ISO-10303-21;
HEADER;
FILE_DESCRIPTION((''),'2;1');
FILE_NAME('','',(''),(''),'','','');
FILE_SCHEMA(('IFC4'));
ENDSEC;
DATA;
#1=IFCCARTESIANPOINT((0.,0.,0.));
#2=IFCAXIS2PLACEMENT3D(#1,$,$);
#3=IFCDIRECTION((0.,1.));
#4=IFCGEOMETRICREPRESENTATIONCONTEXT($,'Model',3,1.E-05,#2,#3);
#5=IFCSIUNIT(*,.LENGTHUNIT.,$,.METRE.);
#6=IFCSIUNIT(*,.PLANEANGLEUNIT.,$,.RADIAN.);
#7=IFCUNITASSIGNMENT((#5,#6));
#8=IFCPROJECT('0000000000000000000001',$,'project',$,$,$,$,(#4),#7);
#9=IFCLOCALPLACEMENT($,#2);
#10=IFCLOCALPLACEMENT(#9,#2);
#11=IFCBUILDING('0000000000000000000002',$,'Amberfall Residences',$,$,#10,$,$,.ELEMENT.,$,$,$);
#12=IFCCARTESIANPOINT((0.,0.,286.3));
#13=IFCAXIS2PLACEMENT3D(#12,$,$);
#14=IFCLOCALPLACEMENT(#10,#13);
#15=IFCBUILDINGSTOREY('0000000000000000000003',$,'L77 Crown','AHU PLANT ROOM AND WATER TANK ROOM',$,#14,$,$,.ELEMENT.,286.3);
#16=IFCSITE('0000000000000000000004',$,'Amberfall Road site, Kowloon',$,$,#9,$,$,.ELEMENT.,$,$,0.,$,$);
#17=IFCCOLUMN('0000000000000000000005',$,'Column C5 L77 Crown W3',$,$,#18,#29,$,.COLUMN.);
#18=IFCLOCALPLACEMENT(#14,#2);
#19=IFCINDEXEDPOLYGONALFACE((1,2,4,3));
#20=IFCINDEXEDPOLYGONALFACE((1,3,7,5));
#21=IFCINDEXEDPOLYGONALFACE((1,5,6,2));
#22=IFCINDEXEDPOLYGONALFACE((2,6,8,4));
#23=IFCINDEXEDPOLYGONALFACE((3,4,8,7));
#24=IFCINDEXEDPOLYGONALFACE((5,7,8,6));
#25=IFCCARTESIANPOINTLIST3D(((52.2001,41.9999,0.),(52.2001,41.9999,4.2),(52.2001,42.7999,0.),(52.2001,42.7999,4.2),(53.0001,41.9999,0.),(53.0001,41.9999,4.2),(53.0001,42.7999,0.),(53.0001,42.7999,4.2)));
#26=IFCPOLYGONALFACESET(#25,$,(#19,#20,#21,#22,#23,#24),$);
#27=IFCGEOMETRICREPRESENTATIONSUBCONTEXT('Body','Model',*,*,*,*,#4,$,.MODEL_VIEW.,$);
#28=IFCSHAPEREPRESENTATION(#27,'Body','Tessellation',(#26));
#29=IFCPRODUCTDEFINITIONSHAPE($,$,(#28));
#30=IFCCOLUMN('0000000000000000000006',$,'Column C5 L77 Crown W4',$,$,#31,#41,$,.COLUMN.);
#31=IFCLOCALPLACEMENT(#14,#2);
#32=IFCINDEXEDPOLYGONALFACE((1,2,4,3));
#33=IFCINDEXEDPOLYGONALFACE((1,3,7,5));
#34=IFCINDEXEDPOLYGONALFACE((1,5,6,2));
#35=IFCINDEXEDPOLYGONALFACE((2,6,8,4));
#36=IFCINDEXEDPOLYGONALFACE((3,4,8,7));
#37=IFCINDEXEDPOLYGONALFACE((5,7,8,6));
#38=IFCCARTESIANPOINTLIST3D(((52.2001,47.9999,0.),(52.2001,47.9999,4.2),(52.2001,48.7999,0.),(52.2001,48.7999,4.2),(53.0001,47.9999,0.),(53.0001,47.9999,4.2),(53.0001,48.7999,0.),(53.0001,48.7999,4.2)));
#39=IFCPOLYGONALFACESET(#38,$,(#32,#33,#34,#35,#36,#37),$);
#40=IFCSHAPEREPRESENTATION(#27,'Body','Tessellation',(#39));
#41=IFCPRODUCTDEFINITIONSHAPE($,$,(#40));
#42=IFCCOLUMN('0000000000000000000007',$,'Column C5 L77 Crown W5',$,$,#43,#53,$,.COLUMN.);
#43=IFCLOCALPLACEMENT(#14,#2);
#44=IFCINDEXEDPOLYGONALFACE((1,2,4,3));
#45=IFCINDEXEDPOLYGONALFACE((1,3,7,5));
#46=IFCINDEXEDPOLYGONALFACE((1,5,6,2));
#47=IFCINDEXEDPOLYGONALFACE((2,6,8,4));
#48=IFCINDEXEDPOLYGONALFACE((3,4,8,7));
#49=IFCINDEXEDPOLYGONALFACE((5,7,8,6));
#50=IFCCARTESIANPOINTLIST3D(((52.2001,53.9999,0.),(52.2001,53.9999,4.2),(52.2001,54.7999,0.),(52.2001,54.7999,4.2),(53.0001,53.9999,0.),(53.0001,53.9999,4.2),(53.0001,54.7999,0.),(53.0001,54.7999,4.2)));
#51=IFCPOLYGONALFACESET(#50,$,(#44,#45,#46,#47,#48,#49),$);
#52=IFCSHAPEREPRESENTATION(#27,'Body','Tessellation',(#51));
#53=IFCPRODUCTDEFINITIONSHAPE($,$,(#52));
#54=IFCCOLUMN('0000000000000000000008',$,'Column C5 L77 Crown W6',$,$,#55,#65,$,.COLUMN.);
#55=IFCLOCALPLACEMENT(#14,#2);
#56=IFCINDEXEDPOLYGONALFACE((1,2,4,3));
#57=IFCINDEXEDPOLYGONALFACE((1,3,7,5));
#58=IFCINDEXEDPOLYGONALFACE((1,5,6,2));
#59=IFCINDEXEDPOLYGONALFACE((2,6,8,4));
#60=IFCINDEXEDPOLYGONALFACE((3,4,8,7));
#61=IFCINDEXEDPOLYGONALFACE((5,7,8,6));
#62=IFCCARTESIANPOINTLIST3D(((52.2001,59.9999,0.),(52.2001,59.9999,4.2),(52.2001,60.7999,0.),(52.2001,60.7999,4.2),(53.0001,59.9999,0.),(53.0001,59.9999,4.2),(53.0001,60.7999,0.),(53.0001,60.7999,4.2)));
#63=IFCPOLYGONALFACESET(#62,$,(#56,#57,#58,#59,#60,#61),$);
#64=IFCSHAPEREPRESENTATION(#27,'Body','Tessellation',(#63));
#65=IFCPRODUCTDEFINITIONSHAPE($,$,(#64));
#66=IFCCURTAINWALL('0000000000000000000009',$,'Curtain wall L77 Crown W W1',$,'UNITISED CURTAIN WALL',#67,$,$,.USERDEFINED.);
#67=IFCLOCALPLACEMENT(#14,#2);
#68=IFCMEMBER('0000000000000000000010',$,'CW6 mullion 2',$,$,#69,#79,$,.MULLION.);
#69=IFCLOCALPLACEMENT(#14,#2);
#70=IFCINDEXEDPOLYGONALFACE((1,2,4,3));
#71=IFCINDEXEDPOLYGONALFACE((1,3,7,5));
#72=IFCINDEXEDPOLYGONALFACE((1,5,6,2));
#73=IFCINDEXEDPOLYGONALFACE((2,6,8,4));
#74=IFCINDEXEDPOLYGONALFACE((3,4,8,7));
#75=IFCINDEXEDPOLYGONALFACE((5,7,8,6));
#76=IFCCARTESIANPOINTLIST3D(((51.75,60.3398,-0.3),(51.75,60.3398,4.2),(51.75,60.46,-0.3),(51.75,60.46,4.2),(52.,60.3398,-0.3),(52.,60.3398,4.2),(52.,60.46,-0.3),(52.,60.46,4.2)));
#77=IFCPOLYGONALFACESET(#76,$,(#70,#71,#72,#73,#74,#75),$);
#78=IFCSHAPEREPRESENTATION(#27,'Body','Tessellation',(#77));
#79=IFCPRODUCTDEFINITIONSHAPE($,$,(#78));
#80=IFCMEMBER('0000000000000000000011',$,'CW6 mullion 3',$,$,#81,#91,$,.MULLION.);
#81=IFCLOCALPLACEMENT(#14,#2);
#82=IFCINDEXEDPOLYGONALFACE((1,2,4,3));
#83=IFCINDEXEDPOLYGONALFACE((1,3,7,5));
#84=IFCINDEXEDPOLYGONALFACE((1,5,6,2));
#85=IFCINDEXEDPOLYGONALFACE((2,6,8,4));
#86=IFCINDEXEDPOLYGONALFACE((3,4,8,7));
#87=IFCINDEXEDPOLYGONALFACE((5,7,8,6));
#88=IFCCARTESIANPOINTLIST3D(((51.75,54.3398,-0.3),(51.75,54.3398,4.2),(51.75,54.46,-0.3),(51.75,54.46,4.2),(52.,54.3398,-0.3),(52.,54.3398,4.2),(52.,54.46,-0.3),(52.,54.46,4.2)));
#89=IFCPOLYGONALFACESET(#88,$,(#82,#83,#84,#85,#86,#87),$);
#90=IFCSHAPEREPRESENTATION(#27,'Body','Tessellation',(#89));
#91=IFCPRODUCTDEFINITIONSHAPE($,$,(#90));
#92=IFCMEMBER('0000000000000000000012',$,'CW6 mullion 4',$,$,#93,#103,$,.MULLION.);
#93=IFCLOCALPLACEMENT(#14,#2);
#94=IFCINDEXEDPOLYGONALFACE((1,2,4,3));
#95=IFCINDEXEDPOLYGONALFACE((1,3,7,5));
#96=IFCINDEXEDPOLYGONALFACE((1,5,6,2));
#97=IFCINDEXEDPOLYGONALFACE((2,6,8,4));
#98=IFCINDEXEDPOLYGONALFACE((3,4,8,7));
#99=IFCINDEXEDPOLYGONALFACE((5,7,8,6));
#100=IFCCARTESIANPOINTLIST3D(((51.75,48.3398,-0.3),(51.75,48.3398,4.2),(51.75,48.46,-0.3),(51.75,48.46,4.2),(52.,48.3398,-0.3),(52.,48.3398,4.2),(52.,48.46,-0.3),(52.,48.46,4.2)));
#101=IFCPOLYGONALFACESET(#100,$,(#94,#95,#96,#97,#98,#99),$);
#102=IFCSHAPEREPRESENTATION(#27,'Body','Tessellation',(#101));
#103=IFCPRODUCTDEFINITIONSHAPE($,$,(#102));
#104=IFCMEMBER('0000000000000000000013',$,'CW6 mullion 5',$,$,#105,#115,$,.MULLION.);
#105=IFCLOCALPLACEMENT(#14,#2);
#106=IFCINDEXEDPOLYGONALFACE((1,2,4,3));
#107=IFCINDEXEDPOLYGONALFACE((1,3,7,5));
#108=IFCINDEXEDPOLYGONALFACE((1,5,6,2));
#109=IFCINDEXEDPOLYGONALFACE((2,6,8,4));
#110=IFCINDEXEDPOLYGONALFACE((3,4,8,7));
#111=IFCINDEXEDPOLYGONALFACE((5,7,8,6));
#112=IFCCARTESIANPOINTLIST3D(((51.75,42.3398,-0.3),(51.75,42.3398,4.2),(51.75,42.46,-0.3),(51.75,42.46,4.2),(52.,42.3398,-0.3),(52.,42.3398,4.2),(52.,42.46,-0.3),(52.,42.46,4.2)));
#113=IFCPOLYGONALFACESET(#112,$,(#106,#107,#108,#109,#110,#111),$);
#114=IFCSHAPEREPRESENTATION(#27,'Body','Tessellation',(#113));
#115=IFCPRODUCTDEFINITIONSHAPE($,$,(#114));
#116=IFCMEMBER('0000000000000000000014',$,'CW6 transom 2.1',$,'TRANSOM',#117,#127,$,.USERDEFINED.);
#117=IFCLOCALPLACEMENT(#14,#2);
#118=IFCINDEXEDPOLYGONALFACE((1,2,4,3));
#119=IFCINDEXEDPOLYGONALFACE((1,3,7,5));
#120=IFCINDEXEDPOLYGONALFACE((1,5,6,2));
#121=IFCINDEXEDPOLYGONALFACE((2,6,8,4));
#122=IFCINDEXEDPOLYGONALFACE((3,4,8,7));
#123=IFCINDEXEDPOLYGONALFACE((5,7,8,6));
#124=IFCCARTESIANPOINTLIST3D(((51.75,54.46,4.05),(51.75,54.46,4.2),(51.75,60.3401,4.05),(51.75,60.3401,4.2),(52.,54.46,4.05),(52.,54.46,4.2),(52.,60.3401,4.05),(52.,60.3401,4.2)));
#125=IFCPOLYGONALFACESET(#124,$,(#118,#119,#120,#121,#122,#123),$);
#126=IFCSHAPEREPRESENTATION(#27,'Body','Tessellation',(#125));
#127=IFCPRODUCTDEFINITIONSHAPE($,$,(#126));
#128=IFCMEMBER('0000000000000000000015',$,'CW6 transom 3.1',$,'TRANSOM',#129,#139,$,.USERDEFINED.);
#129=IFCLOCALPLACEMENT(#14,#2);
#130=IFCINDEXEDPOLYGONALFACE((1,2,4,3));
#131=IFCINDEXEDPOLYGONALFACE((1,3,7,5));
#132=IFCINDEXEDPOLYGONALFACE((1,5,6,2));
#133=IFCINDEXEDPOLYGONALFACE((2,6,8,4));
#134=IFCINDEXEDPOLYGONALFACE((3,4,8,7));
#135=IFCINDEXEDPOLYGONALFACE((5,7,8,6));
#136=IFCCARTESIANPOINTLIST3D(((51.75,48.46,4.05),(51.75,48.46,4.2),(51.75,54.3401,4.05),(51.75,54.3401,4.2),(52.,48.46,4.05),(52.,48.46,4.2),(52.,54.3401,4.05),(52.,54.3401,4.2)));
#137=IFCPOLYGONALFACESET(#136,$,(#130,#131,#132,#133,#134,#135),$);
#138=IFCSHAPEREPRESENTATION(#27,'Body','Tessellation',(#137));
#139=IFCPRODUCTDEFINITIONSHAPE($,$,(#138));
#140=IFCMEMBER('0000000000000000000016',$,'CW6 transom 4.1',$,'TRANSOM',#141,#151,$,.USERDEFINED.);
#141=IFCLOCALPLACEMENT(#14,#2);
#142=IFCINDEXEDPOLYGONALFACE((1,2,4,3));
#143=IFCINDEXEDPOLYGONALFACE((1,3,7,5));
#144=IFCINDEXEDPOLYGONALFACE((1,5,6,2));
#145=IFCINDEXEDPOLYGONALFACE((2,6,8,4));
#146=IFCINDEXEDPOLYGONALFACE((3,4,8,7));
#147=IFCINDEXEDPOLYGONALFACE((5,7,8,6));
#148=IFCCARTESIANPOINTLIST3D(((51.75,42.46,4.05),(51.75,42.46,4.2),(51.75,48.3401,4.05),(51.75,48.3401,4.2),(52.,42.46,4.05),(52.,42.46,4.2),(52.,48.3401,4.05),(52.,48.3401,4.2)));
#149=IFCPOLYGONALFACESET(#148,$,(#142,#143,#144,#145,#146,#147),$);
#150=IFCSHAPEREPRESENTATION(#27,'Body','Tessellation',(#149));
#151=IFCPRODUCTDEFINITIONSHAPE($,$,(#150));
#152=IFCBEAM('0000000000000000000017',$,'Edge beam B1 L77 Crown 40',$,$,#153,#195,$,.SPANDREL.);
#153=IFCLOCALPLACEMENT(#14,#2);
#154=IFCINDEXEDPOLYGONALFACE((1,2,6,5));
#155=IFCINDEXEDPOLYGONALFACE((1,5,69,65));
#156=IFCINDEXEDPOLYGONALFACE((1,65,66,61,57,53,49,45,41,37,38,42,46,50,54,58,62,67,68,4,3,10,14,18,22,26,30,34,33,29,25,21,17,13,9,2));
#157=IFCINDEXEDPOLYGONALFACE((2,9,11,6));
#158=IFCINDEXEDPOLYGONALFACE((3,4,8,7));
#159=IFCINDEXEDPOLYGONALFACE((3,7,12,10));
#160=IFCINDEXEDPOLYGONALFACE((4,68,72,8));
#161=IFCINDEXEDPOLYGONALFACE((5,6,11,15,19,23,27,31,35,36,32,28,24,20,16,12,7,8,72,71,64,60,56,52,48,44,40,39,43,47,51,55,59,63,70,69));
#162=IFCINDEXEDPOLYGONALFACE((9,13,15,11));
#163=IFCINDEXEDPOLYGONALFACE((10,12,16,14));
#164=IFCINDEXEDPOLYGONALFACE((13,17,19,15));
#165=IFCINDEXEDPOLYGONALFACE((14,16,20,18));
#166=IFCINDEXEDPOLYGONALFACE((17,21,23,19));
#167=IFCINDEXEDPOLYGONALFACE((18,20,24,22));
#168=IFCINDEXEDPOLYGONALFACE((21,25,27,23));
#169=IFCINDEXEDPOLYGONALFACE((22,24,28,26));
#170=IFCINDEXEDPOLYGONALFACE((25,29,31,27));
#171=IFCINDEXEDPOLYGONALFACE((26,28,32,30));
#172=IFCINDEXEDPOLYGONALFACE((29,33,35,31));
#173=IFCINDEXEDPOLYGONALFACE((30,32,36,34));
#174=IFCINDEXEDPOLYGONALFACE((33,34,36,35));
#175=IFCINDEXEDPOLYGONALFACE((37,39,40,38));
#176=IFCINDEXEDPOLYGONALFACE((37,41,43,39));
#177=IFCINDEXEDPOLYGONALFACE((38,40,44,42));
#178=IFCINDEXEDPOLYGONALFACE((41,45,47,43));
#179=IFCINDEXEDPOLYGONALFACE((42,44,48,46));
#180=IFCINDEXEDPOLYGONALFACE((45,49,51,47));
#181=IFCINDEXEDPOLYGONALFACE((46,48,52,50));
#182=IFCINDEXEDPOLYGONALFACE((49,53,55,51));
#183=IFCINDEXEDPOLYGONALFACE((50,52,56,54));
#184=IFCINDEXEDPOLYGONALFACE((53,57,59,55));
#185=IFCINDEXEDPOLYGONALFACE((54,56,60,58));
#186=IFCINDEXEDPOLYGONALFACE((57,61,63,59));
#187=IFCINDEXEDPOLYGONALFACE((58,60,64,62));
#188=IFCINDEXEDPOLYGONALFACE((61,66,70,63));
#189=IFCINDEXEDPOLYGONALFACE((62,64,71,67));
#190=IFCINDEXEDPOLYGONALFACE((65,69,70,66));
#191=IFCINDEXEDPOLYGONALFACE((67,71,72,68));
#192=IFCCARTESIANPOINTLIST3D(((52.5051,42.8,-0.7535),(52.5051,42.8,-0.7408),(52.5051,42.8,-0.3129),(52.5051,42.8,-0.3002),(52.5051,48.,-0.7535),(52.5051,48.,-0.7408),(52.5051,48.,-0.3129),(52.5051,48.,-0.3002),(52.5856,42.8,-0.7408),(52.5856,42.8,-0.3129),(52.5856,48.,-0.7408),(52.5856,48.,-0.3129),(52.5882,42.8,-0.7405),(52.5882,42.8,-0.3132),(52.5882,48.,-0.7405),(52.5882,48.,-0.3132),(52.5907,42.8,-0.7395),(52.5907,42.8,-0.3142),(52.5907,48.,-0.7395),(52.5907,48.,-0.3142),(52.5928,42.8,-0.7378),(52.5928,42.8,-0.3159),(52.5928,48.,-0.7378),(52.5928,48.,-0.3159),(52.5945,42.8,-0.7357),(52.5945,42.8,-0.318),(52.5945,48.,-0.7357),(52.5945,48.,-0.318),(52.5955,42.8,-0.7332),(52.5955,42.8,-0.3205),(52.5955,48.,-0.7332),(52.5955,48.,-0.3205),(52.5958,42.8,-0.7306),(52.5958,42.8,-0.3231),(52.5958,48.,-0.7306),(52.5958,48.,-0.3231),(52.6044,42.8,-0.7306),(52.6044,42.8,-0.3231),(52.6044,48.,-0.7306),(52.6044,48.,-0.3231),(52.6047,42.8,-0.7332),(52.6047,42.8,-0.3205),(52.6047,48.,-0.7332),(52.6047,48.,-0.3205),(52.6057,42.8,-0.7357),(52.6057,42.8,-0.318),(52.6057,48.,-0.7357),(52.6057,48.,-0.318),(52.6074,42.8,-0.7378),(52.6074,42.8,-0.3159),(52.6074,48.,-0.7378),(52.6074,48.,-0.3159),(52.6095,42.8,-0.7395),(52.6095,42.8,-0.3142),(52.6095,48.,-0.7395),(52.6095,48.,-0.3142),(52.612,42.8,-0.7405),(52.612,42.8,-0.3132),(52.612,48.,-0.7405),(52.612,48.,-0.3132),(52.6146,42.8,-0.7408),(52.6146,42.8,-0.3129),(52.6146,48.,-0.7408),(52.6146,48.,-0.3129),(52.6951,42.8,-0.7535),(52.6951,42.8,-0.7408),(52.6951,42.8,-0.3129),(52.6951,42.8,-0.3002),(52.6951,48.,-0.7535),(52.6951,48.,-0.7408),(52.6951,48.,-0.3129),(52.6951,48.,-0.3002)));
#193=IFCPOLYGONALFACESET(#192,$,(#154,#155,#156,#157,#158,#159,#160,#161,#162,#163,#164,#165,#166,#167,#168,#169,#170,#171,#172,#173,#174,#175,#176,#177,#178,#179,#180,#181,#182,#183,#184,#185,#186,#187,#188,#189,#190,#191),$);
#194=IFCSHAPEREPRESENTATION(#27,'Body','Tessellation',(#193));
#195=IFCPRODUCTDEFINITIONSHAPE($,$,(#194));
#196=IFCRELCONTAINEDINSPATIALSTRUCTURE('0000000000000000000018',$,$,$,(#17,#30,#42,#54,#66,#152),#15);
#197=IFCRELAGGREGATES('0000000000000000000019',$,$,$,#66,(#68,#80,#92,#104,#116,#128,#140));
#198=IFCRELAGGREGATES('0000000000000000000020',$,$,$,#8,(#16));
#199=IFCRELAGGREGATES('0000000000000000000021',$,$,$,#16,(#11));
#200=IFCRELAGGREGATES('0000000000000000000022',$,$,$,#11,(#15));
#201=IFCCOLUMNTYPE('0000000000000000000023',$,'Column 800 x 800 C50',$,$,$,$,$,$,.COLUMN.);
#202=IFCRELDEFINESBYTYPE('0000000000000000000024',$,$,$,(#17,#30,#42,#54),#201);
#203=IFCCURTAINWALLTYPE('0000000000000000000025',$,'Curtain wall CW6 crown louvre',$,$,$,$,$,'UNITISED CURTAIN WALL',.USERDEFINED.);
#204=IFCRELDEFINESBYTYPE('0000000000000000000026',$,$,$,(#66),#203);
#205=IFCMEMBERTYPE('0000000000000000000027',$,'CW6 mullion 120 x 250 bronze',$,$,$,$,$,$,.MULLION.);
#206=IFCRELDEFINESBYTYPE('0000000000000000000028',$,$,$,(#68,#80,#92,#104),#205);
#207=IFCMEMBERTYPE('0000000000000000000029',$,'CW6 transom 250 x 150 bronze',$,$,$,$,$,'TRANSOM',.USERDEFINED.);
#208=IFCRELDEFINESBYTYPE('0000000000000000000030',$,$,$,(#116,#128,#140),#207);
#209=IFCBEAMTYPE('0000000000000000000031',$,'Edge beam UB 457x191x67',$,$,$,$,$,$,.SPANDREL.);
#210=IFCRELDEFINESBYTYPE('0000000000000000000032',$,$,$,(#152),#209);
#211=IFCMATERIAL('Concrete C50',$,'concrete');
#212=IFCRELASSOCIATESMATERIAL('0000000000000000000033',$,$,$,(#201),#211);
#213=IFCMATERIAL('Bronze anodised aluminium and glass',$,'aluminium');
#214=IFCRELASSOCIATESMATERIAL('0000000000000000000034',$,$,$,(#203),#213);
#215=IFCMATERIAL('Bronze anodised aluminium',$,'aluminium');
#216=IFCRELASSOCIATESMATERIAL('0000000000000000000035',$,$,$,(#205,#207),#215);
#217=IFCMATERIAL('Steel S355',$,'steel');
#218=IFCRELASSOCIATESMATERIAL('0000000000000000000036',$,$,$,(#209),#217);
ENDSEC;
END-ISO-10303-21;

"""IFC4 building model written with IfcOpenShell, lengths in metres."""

from ifc_helpers import new_model, si_unit, direction, frame, origin, origin_2d, place, context, subcontext, project, spatial, rectangle, i_section, extrude, material, material_profile, profile_set, type_object, element, aggregate, save


model = new_model("IFC4")

# Units and contexts
model_context = context("Model", 3, precision=1e-05, world=origin(), true_north=direction((0.0, 1.0)))
body_context = subcontext(model_context, "Body", "Model", "MODEL_VIEW")
ifc_project = project(units=[si_unit("LENGTHUNIT", "METRE"), si_unit("PLANEANGLEUNIT", "RADIAN")], contexts=[model_context])

# Site, building, storey
site_placement = place(None, origin())
site = spatial("IfcSite", under=ifc_project, at=site_placement, Name="Amberfall Road site, Kowloon", CompositionType="ELEMENT", RefElevation=0.0)
building_placement = place(site_placement, origin())
building = spatial("IfcBuilding", under=site, at=building_placement, Name="Amberfall Residences", CompositionType="ELEMENT")
storey_placement = place(building_placement, frame((0.0, 0.0, 286.3)))
storey = spatial("IfcBuildingStorey", under=building, at=storey_placement, Name="L77 Crown", Description="AHU PLANT ROOM AND WATER TANK ROOM", CompositionType="ELEMENT", Elevation=286.3)

# Columns
ifc_material_1 = material(Name="Concrete C50", Category="concrete")
ifc_material_profile_1 = material_profile(ifc_material_1, rectangle(XDim=0.8, YDim=0.8, at=origin_2d()), Name="Column 800 x 800 C50")
ifc_profile_set_1 = profile_set([ifc_material_profile_1], Name="Concrete C50")
column_type = type_object("IfcColumnType", Name="Column 800 x 800 C50", PredefinedType="COLUMN", material=ifc_profile_set_1)
for number, where, z_axis, x_axis, name in (
    (1, (52.6001, 42.3999, 0.0), (0.0, 0.0, 1.0), (1.0, 0.0, 0.0), "Column C5 L77 Crown W3"),
    (2, (52.6001, 48.3999, 0.0), (0.0, 0.0, 1.0), (1.0, 0.0, 0.0), "Column C5 L77 Crown W4"),
    (3, (52.6001, 54.3999, 0.0), (0.0, 0.0, 1.0), (1.0, 0.0, 0.0), "Column C5 L77 Crown W5"),
    (4, (52.6001, 60.3999, 0.0), (0.0, 0.0, 1.0), (1.0, 0.0, 0.0), "Column C5 L77 Crown W6"),
):
    element("IfcColumn", number, at=place(storey_placement, frame(where, z_axis=z_axis, x_axis=x_axis)), inside=storey, type_object=column_type, Name=name, PredefinedType="COLUMN", context=body_context, shape_type="SweptSolid", body=[
        extrude(rectangle(XDim=0.8, YDim=0.8, at=origin_2d()), origin(), (0.0, 0.0, 1.0), 4.2),
    ])

# Curtain wall, members
ifc_material_2 = material(Name="Bronze anodised aluminium and glass", Category="aluminium")
curtain_wall_type = type_object("IfcCurtainWallType", Name="Curtain wall CW6 crown louvre", ElementType="UNITISED CURTAIN WALL", PredefinedType="USERDEFINED", material=ifc_material_2)
curtain_wall_placement = place(storey_placement, origin())
curtain_wall = element("IfcCurtainWall", 5, at=curtain_wall_placement, inside=storey, type_object=curtain_wall_type, Name="Curtain wall L77 Crown W W1", ObjectType="UNITISED CURTAIN WALL", PredefinedType="USERDEFINED")
ifc_material_3 = material(Name="Bronze anodised aluminium", Category="aluminium")
ifc_material_profile_2 = material_profile(ifc_material_3, rectangle(XDim=0.25, YDim=0.1201, at=origin_2d()), Name="CW6 mullion 120 x 250 bronze")
ifc_profile_set_2 = profile_set([ifc_material_profile_2], Name="Bronze anodised aluminium")
member_type_1 = type_object("IfcMemberType", Name="CW6 mullion 120 x 250 bronze", PredefinedType="MULLION", material=ifc_profile_set_2)
member_1_placement = place(storey_placement, frame((51.875, 60.3999, -0.3), z_axis=(0.0, 0.0, 1.0), x_axis=(1.0, 0.0, 0.0)))
member_1 = element("IfcMember", 6, at=member_1_placement, type_object=member_type_1, Name="CW6 mullion 2", PredefinedType="MULLION", context=body_context, shape_type="SweptSolid", body=[
    extrude(rectangle(XDim=0.25, YDim=0.1201, at=origin_2d()), origin(), (0.0, 0.0, 1.0), 4.5),
])
member_2_placement = place(storey_placement, frame((51.875, 54.3999, -0.3), z_axis=(0.0, 0.0, 1.0), x_axis=(1.0, 0.0, 0.0)))
member_2 = element("IfcMember", 7, at=member_2_placement, type_object=member_type_1, Name="CW6 mullion 3", PredefinedType="MULLION", context=body_context, shape_type="SweptSolid", body=[
    extrude(rectangle(XDim=0.25, YDim=0.1201, at=origin_2d()), origin(), (0.0, 0.0, 1.0), 4.5),
])
member_3_placement = place(storey_placement, frame((51.875, 48.3999, -0.3), z_axis=(0.0, 0.0, 1.0), x_axis=(1.0, 0.0, 0.0)))
member_3 = element("IfcMember", 8, at=member_3_placement, type_object=member_type_1, Name="CW6 mullion 4", PredefinedType="MULLION", context=body_context, shape_type="SweptSolid", body=[
    extrude(rectangle(XDim=0.25, YDim=0.1201, at=origin_2d()), origin(), (0.0, 0.0, 1.0), 4.5),
])
member_4_placement = place(storey_placement, frame((51.875, 42.3999, -0.3), z_axis=(0.0, 0.0, 1.0), x_axis=(1.0, 0.0, 0.0)))
member_4 = element("IfcMember", 9, at=member_4_placement, type_object=member_type_1, Name="CW6 mullion 5", PredefinedType="MULLION", context=body_context, shape_type="SweptSolid", body=[
    extrude(rectangle(XDim=0.25, YDim=0.1201, at=origin_2d()), origin(), (0.0, 0.0, 1.0), 4.5),
])
ifc_material_profile_3 = material_profile(ifc_material_3, rectangle(XDim=0.25, YDim=0.1499, at=origin_2d()), Name="CW6 transom 250 x 150 bronze")
ifc_profile_set_3 = profile_set([ifc_material_profile_3], Name="Bronze anodised aluminium")
member_type_2 = type_object("IfcMemberType", Name="CW6 transom 250 x 150 bronze", ElementType="TRANSOM", PredefinedType="USERDEFINED", material=ifc_profile_set_3)
member_5_placement = place(storey_placement, frame((51.875, 60.3401, 4.125), z_axis=(0.0, -1.0, 0.0), x_axis=(1.0, 0.0, 0.0)))
member_5 = element("IfcMember", 10, at=member_5_placement, type_object=member_type_2, Name="CW6 transom 2.1", ObjectType="TRANSOM", PredefinedType="USERDEFINED", context=body_context, shape_type="SweptSolid", body=[
    extrude(rectangle(XDim=0.25, YDim=0.1499, at=origin_2d()), origin(), (0.0, 0.0, 1.0), 5.8801),
])
member_6_placement = place(storey_placement, frame((51.875, 54.3401, 4.125), z_axis=(0.0, -1.0, 0.0), x_axis=(1.0, 0.0, 0.0)))
member_6 = element("IfcMember", 11, at=member_6_placement, type_object=member_type_2, Name="CW6 transom 3.1", ObjectType="TRANSOM", PredefinedType="USERDEFINED", context=body_context, shape_type="SweptSolid", body=[
    extrude(rectangle(XDim=0.25, YDim=0.1499, at=origin_2d()), origin(), (0.0, 0.0, 1.0), 5.8801),
])
member_7_placement = place(storey_placement, frame((51.875, 48.3401, 4.125), z_axis=(0.0, -1.0, 0.0), x_axis=(1.0, 0.0, 0.0)))
member_7 = element("IfcMember", 12, at=member_7_placement, type_object=member_type_2, Name="CW6 transom 4.1", ObjectType="TRANSOM", PredefinedType="USERDEFINED", context=body_context, shape_type="SweptSolid", body=[
    extrude(rectangle(XDim=0.25, YDim=0.1499, at=origin_2d()), origin(), (0.0, 0.0, 1.0), 5.8801),
])

# Beam
ifc_material_4 = material(Name="Steel S355", Category="steel")
ifc_material_profile_4 = material_profile(ifc_material_4, i_section(OverallWidth=0.1899, OverallDepth=0.4534, WebThickness=0.0085, FlangeThickness=0.0127, FilletRadius=0.0103, at=origin_2d()), Name="UB 457x191x67")
ifc_profile_set_4 = profile_set([ifc_material_profile_4], Name="Steel S355")
beam_type_1 = type_object("IfcBeamType", Name="Edge beam UB 457x191x67", PredefinedType="SPANDREL", material=ifc_profile_set_4)
for number, where, z_axis, x_axis, name in (
    (13, (52.6001, 42.8, -0.5269), (0.0, 1.0, 0.0), (-1.0, 0.0, 0.0), "Edge beam B1 L77 Crown 40"),
):
    element("IfcBeam", number, at=place(storey_placement, frame(where, z_axis=z_axis, x_axis=x_axis)), inside=storey, type_object=beam_type_1, Name=name, PredefinedType="SPANDREL", context=body_context, shape_type="SweptSolid", body=[
        extrude(i_section(OverallWidth=0.1899, OverallDepth=0.4534, WebThickness=0.0085, FlangeThickness=0.0127, FilletRadius=0.0103, at=origin_2d()), origin(), (0.0, 0.0, 1.0), 5.2),
    ])

aggregate(curtain_wall, [member_1, member_2, member_3, member_4, member_5, member_6, member_7])

save(model, "model.ifc")
